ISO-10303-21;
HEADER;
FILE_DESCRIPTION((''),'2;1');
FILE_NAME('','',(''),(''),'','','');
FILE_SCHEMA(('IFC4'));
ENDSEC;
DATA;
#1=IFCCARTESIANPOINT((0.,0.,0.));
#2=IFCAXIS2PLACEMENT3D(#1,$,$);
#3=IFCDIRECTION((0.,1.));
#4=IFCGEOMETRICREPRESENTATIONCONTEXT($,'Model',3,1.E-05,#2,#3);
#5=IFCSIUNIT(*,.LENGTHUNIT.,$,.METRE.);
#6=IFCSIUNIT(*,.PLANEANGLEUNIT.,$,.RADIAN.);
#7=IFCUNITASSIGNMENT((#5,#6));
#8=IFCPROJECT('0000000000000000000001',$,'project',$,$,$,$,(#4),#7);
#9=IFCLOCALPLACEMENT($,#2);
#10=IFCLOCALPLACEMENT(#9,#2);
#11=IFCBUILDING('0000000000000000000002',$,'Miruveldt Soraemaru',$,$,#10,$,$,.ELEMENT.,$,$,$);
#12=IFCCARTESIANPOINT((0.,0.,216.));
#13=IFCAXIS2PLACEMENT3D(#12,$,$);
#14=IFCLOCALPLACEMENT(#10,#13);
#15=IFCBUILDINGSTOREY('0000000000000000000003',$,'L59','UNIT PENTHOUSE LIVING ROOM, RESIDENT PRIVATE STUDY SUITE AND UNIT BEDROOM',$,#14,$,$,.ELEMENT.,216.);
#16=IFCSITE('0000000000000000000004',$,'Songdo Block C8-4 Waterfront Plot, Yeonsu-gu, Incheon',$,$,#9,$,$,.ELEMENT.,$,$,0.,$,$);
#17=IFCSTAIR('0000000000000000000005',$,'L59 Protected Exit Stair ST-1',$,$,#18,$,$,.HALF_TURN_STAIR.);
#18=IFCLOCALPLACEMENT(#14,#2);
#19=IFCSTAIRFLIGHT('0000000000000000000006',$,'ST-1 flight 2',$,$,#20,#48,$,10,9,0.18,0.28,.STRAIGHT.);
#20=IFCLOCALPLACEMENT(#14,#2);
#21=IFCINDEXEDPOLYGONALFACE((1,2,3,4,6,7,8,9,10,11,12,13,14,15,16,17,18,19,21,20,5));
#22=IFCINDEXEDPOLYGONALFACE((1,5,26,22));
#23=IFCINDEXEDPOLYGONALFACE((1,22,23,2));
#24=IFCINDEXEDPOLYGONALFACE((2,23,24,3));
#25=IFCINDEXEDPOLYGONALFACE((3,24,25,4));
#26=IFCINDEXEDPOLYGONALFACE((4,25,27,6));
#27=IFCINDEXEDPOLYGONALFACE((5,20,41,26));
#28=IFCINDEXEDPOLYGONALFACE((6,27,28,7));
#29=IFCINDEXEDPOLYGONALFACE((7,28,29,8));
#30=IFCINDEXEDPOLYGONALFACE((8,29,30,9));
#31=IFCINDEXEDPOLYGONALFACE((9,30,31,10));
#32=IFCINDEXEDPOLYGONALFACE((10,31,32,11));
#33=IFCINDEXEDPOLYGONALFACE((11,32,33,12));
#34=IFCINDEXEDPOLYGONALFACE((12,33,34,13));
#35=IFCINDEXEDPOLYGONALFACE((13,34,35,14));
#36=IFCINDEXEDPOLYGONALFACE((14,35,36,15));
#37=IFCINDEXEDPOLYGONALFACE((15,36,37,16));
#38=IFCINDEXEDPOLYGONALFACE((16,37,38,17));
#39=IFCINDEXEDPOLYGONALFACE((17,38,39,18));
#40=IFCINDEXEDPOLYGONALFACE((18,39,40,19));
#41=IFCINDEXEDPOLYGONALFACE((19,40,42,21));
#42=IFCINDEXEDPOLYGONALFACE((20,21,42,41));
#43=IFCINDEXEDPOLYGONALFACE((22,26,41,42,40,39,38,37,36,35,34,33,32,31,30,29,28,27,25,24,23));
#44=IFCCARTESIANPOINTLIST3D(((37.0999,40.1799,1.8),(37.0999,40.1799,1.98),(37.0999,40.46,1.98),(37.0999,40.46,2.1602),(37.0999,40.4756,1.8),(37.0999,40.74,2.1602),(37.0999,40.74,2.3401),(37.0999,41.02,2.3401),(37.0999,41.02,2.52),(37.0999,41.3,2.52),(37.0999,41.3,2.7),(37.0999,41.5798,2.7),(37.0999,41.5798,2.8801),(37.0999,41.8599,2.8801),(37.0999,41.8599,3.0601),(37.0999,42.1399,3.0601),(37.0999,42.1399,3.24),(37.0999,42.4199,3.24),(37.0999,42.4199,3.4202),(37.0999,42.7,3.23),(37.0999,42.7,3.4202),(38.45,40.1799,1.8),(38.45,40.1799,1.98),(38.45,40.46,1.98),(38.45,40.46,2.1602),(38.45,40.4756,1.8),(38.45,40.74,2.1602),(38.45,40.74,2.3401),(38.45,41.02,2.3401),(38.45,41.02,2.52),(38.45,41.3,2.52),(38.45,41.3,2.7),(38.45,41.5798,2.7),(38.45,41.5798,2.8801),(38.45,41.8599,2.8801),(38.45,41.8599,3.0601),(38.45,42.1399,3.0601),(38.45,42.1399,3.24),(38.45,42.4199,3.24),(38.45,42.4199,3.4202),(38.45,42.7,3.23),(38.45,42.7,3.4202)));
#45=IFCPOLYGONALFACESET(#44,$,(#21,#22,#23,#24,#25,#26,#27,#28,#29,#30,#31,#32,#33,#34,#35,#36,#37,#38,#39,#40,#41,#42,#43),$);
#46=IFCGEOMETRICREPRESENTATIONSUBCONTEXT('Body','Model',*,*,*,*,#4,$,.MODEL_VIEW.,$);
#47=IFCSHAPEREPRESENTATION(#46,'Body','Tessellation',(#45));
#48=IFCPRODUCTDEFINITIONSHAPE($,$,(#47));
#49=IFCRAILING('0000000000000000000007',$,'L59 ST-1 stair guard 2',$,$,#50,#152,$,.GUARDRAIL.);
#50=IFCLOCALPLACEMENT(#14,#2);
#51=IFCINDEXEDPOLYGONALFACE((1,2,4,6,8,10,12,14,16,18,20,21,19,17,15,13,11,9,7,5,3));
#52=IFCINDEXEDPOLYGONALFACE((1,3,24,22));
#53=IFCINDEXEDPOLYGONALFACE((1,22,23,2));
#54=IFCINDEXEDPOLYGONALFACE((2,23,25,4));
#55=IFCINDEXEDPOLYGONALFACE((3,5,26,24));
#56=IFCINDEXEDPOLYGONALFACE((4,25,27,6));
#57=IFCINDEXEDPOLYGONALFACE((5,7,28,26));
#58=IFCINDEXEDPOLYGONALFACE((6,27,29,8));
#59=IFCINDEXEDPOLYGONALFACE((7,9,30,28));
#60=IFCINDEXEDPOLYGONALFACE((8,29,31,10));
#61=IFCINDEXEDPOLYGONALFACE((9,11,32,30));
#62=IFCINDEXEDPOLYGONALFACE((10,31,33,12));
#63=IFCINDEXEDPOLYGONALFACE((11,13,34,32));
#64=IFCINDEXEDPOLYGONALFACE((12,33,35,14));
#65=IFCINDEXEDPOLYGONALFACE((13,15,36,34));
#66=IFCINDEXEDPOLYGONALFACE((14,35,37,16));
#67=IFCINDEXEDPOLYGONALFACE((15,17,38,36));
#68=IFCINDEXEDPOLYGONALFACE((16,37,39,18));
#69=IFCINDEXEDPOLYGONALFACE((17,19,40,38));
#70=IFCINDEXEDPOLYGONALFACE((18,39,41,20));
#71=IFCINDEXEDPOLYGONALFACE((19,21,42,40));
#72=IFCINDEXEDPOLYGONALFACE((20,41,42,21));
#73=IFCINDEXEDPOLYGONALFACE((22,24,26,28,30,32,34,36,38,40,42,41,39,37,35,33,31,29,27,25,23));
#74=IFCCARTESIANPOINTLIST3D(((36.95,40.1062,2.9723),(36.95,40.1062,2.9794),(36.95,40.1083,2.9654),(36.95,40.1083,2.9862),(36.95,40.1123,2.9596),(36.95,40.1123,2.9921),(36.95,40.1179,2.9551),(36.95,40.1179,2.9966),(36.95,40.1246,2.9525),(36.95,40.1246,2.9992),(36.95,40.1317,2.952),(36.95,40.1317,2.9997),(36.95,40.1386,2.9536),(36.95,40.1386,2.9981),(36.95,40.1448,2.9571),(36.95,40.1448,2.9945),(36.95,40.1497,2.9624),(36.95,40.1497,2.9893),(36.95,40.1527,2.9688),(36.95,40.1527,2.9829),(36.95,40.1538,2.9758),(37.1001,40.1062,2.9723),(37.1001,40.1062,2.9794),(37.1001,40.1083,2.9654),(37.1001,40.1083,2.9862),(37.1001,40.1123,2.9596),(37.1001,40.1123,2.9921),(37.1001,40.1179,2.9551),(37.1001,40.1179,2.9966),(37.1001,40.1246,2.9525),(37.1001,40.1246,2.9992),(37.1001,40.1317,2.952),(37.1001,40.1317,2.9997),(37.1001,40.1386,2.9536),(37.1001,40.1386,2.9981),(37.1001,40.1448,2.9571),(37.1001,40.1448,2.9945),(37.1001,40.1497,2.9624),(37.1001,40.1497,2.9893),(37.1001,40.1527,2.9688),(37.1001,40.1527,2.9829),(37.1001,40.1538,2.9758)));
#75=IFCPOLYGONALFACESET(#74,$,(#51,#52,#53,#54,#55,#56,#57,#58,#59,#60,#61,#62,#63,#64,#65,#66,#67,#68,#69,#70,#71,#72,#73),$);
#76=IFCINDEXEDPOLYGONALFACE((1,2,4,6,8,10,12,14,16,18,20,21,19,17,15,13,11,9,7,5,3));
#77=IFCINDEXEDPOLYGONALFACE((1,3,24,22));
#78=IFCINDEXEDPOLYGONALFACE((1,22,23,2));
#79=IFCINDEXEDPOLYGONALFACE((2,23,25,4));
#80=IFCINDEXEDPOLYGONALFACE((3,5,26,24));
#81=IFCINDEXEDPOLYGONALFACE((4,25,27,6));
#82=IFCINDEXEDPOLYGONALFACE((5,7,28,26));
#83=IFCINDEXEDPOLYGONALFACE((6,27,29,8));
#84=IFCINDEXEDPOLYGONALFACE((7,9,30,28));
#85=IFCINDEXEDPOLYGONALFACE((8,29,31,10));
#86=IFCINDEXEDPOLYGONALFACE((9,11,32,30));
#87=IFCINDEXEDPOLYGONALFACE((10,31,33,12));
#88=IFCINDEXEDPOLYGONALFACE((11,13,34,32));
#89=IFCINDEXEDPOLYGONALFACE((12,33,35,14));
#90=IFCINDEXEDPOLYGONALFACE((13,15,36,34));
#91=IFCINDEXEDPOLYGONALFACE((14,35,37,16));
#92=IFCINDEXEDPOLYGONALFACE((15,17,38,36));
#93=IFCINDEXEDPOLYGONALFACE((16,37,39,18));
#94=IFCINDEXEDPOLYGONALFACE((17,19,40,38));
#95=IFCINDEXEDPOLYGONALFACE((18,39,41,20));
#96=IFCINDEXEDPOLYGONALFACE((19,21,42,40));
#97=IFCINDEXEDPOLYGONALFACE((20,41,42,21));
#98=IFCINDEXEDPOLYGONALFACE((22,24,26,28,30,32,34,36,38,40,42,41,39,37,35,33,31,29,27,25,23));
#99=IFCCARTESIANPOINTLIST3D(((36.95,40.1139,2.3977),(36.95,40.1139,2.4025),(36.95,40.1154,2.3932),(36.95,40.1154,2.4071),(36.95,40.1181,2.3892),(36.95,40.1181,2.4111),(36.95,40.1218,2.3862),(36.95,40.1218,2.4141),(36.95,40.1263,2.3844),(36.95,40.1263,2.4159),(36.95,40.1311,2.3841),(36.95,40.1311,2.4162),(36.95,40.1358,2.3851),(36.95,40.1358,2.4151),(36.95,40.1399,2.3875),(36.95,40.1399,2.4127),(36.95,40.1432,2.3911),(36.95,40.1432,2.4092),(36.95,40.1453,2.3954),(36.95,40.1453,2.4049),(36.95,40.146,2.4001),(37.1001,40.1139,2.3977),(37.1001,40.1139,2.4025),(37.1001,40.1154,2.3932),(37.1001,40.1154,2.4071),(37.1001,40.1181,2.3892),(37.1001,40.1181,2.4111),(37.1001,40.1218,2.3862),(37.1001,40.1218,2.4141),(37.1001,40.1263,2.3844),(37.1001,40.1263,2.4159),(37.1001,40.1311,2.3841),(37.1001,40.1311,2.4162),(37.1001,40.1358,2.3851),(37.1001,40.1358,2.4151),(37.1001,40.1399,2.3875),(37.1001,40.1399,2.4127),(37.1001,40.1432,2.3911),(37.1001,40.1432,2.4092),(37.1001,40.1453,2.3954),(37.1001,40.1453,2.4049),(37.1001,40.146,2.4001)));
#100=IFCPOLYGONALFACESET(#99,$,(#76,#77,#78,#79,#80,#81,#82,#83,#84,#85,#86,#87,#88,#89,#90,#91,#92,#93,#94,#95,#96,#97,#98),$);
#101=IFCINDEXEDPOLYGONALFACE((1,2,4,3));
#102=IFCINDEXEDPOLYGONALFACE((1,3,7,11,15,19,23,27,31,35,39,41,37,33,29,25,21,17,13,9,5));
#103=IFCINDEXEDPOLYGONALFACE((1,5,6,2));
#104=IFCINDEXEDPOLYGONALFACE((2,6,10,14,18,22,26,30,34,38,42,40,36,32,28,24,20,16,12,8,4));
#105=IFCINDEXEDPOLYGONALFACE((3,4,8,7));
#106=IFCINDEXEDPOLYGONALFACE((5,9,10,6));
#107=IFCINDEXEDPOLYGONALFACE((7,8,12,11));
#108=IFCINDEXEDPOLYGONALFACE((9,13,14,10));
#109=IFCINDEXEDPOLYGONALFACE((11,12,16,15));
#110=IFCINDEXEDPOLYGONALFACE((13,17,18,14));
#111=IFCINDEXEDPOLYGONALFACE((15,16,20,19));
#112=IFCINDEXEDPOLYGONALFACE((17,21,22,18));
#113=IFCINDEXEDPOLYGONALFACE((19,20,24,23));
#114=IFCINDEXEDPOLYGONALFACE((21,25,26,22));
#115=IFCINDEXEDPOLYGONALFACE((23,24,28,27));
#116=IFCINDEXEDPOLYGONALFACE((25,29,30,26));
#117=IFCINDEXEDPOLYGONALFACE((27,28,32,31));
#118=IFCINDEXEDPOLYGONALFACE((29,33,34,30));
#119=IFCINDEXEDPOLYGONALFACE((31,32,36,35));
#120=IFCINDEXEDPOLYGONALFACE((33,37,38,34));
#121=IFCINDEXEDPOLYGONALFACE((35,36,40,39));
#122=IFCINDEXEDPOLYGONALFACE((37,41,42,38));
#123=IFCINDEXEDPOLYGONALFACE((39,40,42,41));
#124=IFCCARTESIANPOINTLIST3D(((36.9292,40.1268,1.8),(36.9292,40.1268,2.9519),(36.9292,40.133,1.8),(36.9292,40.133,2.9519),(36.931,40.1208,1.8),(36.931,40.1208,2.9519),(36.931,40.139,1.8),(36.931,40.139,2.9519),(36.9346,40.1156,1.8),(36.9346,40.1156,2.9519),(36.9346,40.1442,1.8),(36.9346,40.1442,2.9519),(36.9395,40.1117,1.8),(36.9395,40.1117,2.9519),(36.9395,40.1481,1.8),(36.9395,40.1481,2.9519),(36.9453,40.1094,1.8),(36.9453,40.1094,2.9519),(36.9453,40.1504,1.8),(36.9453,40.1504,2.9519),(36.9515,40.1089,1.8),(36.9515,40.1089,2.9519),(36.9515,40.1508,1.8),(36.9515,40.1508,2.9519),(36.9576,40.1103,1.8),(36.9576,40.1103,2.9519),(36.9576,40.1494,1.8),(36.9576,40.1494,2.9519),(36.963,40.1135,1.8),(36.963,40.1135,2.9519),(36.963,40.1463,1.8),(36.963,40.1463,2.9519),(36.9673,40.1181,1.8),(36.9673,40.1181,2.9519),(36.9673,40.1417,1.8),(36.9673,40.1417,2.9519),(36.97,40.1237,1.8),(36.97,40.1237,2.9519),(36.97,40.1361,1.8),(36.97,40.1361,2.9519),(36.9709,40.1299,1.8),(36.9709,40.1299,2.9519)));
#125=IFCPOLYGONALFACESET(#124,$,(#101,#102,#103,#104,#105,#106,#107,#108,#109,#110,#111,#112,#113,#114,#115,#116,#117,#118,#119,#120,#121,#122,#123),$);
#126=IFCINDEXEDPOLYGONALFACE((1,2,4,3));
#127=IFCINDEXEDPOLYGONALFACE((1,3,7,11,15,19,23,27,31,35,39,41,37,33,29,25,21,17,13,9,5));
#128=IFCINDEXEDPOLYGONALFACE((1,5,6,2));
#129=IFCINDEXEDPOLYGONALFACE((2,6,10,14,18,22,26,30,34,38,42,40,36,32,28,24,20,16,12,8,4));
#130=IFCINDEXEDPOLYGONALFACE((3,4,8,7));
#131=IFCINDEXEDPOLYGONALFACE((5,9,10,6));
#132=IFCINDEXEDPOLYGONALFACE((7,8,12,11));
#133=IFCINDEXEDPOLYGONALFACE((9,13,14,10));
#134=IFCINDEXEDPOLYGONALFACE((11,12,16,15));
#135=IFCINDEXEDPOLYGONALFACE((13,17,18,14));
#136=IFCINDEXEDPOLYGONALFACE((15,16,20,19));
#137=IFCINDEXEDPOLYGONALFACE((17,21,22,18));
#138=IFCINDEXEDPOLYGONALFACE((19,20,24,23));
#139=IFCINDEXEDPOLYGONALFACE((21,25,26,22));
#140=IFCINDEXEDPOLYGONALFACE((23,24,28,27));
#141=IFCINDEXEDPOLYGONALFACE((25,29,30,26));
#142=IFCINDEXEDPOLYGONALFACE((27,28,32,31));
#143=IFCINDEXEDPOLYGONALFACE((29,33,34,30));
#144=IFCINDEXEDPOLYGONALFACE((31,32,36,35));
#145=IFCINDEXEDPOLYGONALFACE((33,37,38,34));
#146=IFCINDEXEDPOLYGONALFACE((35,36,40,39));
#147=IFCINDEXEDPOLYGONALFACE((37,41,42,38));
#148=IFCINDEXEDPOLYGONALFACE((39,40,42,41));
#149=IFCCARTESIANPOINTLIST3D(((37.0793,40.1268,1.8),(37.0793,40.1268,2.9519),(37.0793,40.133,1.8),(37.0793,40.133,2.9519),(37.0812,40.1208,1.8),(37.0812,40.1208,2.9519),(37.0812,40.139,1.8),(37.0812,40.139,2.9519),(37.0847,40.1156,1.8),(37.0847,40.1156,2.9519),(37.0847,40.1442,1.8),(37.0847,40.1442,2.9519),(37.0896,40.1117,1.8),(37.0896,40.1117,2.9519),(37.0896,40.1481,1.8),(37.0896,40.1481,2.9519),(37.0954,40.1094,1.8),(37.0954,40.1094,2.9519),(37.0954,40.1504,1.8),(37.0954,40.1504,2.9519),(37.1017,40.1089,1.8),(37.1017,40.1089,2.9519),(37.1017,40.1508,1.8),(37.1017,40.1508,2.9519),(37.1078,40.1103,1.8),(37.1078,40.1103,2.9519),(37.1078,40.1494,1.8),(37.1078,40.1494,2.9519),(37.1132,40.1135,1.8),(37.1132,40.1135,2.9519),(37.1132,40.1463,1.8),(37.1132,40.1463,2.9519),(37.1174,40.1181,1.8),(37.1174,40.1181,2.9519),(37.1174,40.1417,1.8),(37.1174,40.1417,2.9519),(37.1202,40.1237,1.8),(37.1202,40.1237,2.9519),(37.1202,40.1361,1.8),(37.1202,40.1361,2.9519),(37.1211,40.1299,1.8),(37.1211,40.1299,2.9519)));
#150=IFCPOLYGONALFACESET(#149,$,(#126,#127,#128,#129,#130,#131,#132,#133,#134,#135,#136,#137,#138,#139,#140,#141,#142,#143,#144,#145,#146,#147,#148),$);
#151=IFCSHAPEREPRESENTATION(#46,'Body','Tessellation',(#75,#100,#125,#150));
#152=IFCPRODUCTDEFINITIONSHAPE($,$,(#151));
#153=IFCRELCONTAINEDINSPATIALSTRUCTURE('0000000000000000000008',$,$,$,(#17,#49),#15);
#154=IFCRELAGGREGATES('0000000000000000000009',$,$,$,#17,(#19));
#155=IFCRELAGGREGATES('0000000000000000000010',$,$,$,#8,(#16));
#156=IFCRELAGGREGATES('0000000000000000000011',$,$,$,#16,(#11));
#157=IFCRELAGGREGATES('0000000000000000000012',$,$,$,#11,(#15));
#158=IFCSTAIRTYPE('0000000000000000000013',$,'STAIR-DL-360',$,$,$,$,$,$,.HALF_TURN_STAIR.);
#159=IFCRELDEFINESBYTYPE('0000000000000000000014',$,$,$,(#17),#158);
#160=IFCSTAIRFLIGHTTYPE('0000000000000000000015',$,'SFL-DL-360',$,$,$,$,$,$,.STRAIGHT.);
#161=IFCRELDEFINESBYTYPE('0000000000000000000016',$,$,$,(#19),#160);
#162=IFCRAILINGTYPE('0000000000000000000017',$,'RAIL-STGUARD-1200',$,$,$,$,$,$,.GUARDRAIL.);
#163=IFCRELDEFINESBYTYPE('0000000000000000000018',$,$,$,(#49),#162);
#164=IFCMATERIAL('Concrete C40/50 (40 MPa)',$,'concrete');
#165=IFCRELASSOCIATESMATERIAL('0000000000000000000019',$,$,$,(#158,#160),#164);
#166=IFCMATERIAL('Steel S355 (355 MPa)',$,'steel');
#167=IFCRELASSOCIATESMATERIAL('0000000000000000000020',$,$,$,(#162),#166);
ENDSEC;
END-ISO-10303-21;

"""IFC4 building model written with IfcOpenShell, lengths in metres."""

from ifc_helpers import new_model, si_unit, direction, frame, origin, origin_2d, place, context, subcontext, project, spatial, polyline, circle, outline, extrude, material, type_object, element, aggregate, save


model = new_model("IFC4")

# Units and contexts
model_context = context("Model", 3, precision=1e-05, world=origin(), true_north=direction((0.0, 1.0)))
body_context = subcontext(model_context, "Body", "Model", "MODEL_VIEW")
ifc_project = project(units=[si_unit("LENGTHUNIT", "METRE"), si_unit("PLANEANGLEUNIT", "RADIAN")], contexts=[model_context])

# Site, building, storey
site_placement = place(None, origin())
site = spatial("IfcSite", under=ifc_project, at=site_placement, Name="Songdo Block C8-4 Waterfront Plot, Yeonsu-gu, Incheon", CompositionType="ELEMENT", RefElevation=0.0)
building_placement = place(site_placement, origin())
building = spatial("IfcBuilding", under=site, at=building_placement, Name="Miruveldt Soraemaru", CompositionType="ELEMENT")
storey_placement = place(building_placement, frame((0.0, 0.0, 216.0)))
storey = spatial("IfcBuildingStorey", under=building, at=storey_placement, Name="L59", Description="UNIT PENTHOUSE LIVING ROOM, RESIDENT PRIVATE STUDY SUITE AND UNIT BEDROOM", CompositionType="ELEMENT", Elevation=216.0)

# Shared definitions
ifc_material_1 = material(Name="Concrete C40/50 (40 MPa)", Category="concrete")

# Stair, stair flight
stair_type = type_object("IfcStairType", Name="STAIR-DL-360", PredefinedType="HALF_TURN_STAIR", material=ifc_material_1)
stair_placement = place(storey_placement, origin())
stair = element("IfcStair", 1, at=stair_placement, inside=storey, type_object=stair_type, Name="L59 Protected Exit Stair ST-1", PredefinedType="HALF_TURN_STAIR")
stair_flight_type = type_object("IfcStairFlightType", Name="SFL-DL-360", PredefinedType="STRAIGHT", material=ifc_material_1)
stair_flight_placement = place(storey_placement, frame((37.7749, 40.1799, 1.8), z_axis=(0.0, 0.0, 1.0), x_axis=(0.0, 1.0, 0.0)))
stair_flight = element("IfcStairFlight", 2, at=stair_flight_placement, type_object=stair_flight_type, Name="ST-1 flight 2", NumberOfRisers=10, NumberOfTreads=9, PredefinedType="STRAIGHT", RiserHeight=0.18, TreadLength=0.28, context=body_context, shape_type="SweptSolid", body=[
    extrude(outline(polyline([(0.0, 0.0), (0.0, 0.1799), (0.28, 0.1799), (0.28, 0.3601), (0.5601, 0.3601), (0.5601, 0.54), (0.8401, 0.54), (0.8401, 0.72), (1.1201, 0.72), (1.1201, 0.8999), (1.3999, 0.8999), (1.3999, 1.0801), (1.6799, 1.0801), (1.6799, 1.26), (1.96, 1.26), (1.96, 1.4399), (2.24, 1.4399), (2.24, 1.6201), (2.52, 1.6201), (2.52, 1.8), (2.52, 1.4299), (0.2957, 0.0), (0.0, 0.0)])), frame((0.0, 0.675, 0.0), z_axis=(0.0, -1.0, 0.0), x_axis=(1.0, 0.0, 0.0)), (0.0, 0.0, 1.0), 1.3501),
])
aggregate(stair, [stair_flight])

# Railing
ifc_material_2 = material(Name="Steel S355 (355 MPa)", Category="steel")
railing_type = type_object("IfcRailingType", Name="RAIL-STGUARD-1200", PredefinedType="GUARDRAIL", material=ifc_material_2)
railing_1_placement = place(storey_placement, frame((36.95, 40.1299, 1.8)))
element("IfcRailing", 3, at=railing_1_placement, inside=storey, type_object=railing_type, Name="L59 ST-1 stair guard 2", PredefinedType="GUARDRAIL", context=body_context, shape_type="SweptSolid", body=[
    extrude(circle(Radius=0.0239, at=origin_2d()), frame((0.0, 0.0, 1.1758), z_axis=(1.0, 0.0, 0.0), x_axis=(0.0, 1.0, 0.0)), (0.0, 0.0, 1.0), 0.1501),
    extrude(circle(Radius=0.0161, at=origin_2d()), frame((0.0, 0.0, 0.6001), z_axis=(1.0, 0.0, 0.0), x_axis=(0.0, 1.0, 0.0)), (0.0, 0.0, 1.0), 0.1501),
    extrude(circle(Radius=0.021, at=origin_2d()), origin(), (0.0, 0.0, 1.0), 1.1519),
    extrude(circle(Radius=0.021, at=origin_2d()), frame((0.1501, 0.0, 0.0)), (0.0, 0.0, 1.0), 1.1519),
])

save(model, "model.ifc")
